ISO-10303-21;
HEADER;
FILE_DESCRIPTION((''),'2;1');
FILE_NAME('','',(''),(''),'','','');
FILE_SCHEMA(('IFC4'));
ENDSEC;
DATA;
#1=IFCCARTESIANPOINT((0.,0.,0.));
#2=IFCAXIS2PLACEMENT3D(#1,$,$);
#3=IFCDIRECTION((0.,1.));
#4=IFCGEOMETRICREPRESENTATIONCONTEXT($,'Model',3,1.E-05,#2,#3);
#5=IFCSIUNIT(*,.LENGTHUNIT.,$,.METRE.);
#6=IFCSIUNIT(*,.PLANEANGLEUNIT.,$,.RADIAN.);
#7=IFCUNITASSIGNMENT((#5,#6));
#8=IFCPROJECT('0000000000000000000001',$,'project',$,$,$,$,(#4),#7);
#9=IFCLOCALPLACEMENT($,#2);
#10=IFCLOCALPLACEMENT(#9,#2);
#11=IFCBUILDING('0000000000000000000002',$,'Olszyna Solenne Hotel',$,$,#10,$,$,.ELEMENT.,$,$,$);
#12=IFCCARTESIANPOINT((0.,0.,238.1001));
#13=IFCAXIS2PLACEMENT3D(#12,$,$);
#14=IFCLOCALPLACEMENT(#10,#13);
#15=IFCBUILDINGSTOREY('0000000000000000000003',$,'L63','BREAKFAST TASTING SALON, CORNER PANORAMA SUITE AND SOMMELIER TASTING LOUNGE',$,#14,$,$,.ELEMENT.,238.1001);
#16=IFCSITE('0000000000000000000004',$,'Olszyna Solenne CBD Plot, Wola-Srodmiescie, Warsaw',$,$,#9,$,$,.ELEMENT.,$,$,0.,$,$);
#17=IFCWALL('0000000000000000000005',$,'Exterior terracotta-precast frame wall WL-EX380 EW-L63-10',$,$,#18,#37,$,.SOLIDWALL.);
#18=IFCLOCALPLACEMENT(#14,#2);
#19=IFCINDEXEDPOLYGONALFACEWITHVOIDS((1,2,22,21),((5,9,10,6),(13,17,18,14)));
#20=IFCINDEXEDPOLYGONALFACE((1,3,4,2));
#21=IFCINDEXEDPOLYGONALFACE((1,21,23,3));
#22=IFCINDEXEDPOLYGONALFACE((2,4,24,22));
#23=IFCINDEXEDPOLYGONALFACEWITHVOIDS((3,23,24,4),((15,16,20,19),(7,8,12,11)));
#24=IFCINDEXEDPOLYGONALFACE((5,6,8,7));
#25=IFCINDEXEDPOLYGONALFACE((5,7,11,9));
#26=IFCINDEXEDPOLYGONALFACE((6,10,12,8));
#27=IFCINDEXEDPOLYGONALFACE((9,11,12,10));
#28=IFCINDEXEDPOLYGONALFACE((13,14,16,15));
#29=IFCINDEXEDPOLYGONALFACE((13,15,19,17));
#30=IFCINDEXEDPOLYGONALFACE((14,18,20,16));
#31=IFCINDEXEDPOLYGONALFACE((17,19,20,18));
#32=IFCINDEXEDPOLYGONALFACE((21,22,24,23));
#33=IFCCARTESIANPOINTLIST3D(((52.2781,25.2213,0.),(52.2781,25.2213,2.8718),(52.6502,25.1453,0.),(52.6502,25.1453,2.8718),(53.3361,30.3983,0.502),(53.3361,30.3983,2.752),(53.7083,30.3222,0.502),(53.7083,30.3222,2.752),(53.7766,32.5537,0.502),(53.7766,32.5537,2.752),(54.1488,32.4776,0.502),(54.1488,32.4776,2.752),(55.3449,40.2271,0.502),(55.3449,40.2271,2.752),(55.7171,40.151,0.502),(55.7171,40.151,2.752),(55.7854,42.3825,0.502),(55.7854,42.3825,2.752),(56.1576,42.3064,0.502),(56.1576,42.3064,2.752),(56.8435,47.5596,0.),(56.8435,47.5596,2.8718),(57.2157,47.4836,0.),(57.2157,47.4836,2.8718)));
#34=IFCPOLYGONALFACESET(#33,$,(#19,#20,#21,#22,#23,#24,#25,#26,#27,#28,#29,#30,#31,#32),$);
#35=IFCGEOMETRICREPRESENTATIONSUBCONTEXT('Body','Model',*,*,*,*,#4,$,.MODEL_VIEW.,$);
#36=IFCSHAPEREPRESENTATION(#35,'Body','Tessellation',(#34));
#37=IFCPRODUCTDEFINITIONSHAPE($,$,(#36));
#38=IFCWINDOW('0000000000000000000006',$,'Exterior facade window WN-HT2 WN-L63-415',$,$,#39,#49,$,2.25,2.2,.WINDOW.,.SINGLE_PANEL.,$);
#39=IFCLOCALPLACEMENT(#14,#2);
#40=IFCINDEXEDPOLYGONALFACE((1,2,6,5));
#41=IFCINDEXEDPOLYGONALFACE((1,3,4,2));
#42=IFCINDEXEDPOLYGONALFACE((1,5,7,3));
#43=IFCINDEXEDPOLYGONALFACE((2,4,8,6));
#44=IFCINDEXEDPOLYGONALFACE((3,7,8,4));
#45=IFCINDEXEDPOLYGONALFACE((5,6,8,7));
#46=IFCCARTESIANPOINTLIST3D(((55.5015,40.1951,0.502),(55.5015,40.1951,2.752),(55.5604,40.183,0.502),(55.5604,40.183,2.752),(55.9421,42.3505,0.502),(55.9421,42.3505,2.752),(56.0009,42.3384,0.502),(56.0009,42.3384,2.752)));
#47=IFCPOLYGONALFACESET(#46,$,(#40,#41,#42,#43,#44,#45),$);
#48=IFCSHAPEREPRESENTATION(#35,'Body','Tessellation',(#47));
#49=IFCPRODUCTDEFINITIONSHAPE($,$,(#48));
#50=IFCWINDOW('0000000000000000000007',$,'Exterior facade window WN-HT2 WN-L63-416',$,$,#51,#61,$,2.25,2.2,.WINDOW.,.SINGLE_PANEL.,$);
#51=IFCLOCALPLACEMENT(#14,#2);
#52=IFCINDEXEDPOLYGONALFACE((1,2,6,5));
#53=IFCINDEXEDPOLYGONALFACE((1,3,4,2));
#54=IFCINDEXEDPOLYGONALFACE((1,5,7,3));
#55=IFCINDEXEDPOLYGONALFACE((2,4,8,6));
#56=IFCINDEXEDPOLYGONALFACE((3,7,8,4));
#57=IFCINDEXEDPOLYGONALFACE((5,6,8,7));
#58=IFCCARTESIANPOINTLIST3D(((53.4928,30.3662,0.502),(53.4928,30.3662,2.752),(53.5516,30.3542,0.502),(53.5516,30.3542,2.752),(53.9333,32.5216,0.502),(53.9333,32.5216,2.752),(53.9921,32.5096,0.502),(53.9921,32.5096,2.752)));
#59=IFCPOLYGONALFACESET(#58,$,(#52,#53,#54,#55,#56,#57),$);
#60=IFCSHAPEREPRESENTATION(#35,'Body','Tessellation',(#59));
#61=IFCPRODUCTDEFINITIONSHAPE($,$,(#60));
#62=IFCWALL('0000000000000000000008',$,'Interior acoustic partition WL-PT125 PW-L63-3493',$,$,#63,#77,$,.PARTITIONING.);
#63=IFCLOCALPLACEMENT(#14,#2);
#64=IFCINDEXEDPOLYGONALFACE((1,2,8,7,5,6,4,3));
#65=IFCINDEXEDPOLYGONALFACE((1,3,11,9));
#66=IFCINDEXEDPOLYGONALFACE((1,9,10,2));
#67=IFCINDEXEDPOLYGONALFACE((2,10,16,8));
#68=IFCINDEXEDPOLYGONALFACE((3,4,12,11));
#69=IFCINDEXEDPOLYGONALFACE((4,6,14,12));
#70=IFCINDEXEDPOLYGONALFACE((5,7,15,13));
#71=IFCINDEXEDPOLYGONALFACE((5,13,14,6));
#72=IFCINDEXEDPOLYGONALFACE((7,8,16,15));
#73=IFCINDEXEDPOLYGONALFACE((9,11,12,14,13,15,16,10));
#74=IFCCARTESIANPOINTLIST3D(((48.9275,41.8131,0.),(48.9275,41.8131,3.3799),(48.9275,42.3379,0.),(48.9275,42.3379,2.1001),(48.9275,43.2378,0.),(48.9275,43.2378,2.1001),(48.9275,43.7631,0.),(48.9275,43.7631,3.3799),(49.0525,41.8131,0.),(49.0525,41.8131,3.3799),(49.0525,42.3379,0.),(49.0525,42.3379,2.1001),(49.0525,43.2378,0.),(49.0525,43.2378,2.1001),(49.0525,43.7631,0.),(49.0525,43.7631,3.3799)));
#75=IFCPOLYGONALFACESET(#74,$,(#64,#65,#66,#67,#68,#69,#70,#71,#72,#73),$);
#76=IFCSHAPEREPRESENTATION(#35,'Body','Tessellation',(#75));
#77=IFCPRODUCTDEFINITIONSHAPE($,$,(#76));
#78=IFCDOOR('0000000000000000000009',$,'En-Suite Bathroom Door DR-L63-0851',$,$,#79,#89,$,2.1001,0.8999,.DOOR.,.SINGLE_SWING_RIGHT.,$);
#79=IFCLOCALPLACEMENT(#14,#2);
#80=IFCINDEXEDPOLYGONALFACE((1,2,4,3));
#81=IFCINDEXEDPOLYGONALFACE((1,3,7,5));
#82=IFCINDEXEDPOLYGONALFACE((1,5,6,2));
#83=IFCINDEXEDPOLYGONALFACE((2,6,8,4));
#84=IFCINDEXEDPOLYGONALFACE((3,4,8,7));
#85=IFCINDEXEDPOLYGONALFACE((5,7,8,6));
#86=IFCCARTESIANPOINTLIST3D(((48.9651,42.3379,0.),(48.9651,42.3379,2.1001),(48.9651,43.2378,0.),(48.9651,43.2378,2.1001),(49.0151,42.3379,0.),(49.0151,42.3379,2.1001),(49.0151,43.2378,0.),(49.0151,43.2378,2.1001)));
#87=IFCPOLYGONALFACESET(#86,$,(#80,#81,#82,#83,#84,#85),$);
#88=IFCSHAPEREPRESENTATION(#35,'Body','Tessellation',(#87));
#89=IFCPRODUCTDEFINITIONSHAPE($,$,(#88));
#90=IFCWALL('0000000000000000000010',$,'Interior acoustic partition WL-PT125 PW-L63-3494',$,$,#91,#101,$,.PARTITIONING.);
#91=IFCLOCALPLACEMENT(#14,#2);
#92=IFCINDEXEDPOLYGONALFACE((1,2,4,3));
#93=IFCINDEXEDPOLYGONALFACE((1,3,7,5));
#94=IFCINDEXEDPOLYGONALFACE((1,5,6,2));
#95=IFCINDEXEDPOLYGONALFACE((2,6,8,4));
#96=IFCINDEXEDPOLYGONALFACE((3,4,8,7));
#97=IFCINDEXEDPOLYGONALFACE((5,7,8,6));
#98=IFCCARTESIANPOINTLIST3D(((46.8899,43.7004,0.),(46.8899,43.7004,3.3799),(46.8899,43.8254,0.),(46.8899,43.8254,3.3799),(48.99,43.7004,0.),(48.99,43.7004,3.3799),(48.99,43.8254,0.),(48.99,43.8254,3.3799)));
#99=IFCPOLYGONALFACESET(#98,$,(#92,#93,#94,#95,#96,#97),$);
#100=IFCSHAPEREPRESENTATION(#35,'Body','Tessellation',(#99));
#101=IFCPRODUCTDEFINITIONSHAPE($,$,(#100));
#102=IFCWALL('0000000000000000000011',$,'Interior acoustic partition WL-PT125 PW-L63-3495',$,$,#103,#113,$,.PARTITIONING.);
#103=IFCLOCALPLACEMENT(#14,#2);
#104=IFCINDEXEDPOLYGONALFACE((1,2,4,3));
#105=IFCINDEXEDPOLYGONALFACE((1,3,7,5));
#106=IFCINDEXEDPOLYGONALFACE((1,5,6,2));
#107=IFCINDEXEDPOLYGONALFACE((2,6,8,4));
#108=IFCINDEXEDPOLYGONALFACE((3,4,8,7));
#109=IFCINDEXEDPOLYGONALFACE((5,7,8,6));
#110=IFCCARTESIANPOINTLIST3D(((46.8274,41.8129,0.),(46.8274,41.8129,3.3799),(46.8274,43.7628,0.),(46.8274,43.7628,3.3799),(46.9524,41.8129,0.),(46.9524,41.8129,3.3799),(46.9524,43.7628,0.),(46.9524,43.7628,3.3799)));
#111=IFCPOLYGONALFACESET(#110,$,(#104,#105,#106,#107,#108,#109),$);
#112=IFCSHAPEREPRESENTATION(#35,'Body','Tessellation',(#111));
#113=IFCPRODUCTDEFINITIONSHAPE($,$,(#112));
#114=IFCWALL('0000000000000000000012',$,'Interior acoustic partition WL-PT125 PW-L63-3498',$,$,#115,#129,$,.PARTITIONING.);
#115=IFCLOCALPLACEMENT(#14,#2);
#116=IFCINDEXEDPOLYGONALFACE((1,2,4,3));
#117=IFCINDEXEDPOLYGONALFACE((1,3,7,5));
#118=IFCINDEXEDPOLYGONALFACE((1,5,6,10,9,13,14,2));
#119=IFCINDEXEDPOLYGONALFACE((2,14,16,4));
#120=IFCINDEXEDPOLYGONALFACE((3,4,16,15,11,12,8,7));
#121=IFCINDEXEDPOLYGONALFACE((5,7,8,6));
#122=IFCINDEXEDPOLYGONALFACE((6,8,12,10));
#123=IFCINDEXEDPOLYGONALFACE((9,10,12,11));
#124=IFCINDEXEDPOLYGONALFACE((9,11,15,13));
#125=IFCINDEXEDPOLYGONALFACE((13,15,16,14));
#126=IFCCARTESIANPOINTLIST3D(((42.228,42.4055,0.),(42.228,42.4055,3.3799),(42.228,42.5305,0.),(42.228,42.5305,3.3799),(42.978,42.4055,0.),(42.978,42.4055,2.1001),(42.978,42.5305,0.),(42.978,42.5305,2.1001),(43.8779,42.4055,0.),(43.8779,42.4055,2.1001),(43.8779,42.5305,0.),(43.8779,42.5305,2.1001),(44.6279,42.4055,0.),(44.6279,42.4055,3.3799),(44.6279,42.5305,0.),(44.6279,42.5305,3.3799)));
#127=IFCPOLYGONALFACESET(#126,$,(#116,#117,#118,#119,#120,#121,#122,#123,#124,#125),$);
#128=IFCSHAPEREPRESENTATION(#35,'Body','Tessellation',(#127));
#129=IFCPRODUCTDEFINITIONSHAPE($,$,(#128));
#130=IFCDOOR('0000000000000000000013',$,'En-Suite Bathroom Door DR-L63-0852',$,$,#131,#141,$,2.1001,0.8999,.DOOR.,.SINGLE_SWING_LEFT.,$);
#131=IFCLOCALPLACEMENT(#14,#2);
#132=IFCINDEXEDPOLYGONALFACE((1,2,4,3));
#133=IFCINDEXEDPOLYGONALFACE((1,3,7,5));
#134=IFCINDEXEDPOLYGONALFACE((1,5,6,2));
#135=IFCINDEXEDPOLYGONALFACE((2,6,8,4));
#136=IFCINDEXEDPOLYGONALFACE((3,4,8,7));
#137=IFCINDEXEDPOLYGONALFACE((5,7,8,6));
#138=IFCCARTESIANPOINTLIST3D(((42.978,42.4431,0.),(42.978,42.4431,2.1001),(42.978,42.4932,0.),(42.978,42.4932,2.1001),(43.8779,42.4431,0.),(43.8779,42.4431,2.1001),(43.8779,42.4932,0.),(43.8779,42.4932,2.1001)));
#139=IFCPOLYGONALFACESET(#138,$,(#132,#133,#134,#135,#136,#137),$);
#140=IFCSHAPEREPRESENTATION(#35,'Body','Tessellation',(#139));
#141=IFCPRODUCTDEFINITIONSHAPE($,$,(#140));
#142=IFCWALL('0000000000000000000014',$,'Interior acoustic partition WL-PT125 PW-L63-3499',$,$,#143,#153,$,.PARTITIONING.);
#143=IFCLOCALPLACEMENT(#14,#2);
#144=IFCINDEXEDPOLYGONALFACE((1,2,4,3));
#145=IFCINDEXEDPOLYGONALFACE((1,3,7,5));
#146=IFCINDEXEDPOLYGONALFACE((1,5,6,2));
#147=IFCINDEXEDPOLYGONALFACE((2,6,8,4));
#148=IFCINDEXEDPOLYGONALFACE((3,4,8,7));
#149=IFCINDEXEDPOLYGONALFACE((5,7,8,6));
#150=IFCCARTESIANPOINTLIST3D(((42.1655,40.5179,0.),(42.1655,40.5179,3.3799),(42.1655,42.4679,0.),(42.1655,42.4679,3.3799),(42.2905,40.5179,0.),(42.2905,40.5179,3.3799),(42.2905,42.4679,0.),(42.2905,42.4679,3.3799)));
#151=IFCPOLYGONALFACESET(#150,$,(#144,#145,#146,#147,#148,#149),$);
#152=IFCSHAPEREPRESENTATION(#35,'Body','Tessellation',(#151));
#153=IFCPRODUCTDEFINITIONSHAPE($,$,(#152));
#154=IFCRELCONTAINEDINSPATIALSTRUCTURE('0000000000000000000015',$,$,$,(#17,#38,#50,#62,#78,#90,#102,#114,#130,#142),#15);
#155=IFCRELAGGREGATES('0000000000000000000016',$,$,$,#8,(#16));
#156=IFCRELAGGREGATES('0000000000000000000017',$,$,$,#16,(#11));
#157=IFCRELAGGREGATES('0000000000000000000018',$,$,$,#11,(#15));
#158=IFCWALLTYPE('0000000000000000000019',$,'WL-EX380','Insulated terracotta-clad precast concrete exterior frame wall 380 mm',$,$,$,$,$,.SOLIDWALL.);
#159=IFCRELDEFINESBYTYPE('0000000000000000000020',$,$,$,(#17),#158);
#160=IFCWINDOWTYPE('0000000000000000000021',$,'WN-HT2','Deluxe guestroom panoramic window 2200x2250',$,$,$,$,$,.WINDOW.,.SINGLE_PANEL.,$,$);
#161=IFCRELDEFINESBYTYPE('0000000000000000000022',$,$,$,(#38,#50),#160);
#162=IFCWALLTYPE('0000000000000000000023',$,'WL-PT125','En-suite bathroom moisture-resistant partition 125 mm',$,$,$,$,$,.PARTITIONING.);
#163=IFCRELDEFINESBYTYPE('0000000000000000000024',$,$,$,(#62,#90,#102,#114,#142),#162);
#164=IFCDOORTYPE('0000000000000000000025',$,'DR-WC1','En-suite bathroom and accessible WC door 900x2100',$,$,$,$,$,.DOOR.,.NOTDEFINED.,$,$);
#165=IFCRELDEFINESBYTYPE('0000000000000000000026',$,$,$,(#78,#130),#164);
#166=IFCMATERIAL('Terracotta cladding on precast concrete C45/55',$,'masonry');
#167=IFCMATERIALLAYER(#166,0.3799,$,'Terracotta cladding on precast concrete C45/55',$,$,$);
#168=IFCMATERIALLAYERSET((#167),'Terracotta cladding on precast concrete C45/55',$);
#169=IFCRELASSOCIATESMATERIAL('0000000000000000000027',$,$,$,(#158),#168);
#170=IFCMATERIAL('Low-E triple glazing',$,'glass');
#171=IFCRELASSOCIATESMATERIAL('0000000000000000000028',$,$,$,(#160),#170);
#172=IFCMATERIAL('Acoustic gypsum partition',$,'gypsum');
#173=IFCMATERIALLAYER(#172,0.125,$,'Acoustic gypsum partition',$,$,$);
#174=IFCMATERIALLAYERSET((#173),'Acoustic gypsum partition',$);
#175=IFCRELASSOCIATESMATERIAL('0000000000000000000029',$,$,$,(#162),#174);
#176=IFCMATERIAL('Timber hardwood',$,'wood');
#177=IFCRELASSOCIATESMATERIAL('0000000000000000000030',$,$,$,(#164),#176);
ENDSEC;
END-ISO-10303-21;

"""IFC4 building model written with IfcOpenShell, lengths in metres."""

from ifc_helpers import new_model, si_unit, direction, frame, frame_2d, origin, place, context, subcontext, project, spatial, rectangle, extrude, source, transform, mapped, material, layer, layer_set, type_object, type_shapes, element, fill, save


model = new_model("IFC4")

# Units and contexts
model_context = context("Model", 3, precision=1e-05, world=origin(), true_north=direction((0.0, 1.0)))
body_context = subcontext(model_context, "Body", "Model", "MODEL_VIEW")
ifc_project = project(units=[si_unit("LENGTHUNIT", "METRE"), si_unit("PLANEANGLEUNIT", "RADIAN")], contexts=[model_context])

# Site, building, storey
site_placement = place(None, origin())
site = spatial("IfcSite", under=ifc_project, at=site_placement, Name="Olszyna Solenne CBD Plot, Wola-Srodmiescie, Warsaw", CompositionType="ELEMENT", RefElevation=0.0)
building_placement = place(site_placement, origin())
building = spatial("IfcBuilding", under=site, at=building_placement, Name="Olszyna Solenne Hotel", CompositionType="ELEMENT")
storey_placement = place(building_placement, frame((0.0, 0.0, 238.1001)))
storey = spatial("IfcBuildingStorey", under=building, at=storey_placement, Name="L63", Description="BREAKFAST TASTING SALON, CORNER PANORAMA SUITE AND SOMMELIER TASTING LOUNGE", CompositionType="ELEMENT", Elevation=238.1001)

# Shared definitions
ifc_material_1 = material(Name="Low-E triple glazing", Category="glass")

# Wall, openings, windows
ifc_material_2 = material(Name="Terracotta cladding on precast concrete C45/55", Category="masonry")
ifc_layer_1 = layer(ifc_material_2, 0.3799, Name="Terracotta cladding on precast concrete C45/55")
ifc_layer_set_1 = layer_set([ifc_layer_1], Name="Terracotta cladding on precast concrete C45/55")
wall_type_1 = type_object("IfcWallType", Name="WL-EX380", Description="Insulated terracotta-clad precast concrete exterior frame wall 380 mm", PredefinedType="SOLIDWALL", material=ifc_layer_set_1)
wall_1_placement = place(storey_placement, frame((57.0295, 47.5215, 0.0), z_axis=(0.0, 0.0, 1.0), x_axis=(-0.200237, -0.979748, 0.0)))
wall_1 = element("IfcWall", 1, at=wall_1_placement, inside=storey, type_object=wall_type_1, Name="Exterior terracotta-precast frame wall WL-EX380 EW-L63-10", PredefinedType="SOLIDWALL", context=body_context, shape_type="SweptSolid", body=[
    extrude(rectangle(XDim=22.8, YDim=0.3799, at=frame_2d((11.3999, 0.0))), origin(), (0.0, 0.0, 1.0), 2.8718),
])
opening_1_placement = place(wall_1_placement, frame((5.2839, 0.0, 0.502)))
opening_1 = element("IfcOpeningElement", 2, at=opening_1_placement, cuts=wall_1, PredefinedType="OPENING", context=body_context, shape_type="SweptSolid", body=[
    extrude(rectangle(XDim=2.2, YDim=2.25, at=frame_2d((1.1001, 1.125))), frame((0.0, 0.2, 0.0), z_axis=(0.0, -1.0, 0.0), x_axis=(1.0, 0.0, 0.0)), (0.0, 0.0, 1.0), 0.3999),
])
opening_2_placement = place(wall_1_placement, frame((15.3159, 0.0, 0.502)))
opening_2 = element("IfcOpeningElement", 3, at=opening_2_placement, cuts=wall_1, PredefinedType="OPENING", context=body_context, shape_type="SweptSolid", body=[
    extrude(rectangle(XDim=2.2, YDim=2.25, at=frame_2d((1.1001, 1.125))), frame((0.0, 0.2, 0.0), z_axis=(0.0, -1.0, 0.0), x_axis=(1.0, 0.0, 0.0)), (0.0, 0.0, 1.0), 0.3999),
])
window_type_1 = type_object("IfcWindowType", Name="WN-HT2", Description="Deluxe guestroom panoramic window 2200x2250", PartitioningType="SINGLE_PANEL", PredefinedType="WINDOW", material=ifc_material_1)
shared_shape_1 = source(origin(), body_context, "Body", "SweptSolid", [
    extrude(rectangle(XDim=2.2, YDim=2.25, at=frame_2d((1.1001, 1.125))), frame((0.0, 0.03, 0.0), z_axis=(0.0, -1.0, 0.0), x_axis=(1.0, 0.0, 0.0)), (0.0, 0.0, 1.0), 0.0601),
])
type_shapes(window_type_1, [shared_shape_1])
window_1_placement = place(opening_1_placement, origin())
window_1 = element("IfcWindow", 4, at=window_1_placement, inside=storey, type_object=window_type_1, Name="Exterior facade window WN-HT2 WN-L63-415", OverallHeight=2.25, OverallWidth=2.2, PartitioningType="SINGLE_PANEL", PredefinedType="WINDOW", context=body_context, shape_type="MappedRepresentation", body=[
    mapped(shared_shape_1, transform((0.0, 0.0, 0.0), x_axis=(1.0, 0.0, 0.0), y_axis=(0.0, 1.0, 0.0), z_axis=(0.0, 0.0, 1.0), scale=1.0)),
])
fill(opening_1, window_1)
window_2_placement = place(opening_2_placement, origin())
window_2 = element("IfcWindow", 5, at=window_2_placement, inside=storey, type_object=window_type_1, Name="Exterior facade window WN-HT2 WN-L63-416", OverallHeight=2.25, OverallWidth=2.2, PartitioningType="SINGLE_PANEL", PredefinedType="WINDOW", context=body_context, shape_type="MappedRepresentation", body=[
    mapped(shared_shape_1, transform((0.0, 0.0, 0.0), x_axis=(1.0, 0.0, 0.0), y_axis=(0.0, 1.0, 0.0), z_axis=(0.0, 0.0, 1.0), scale=1.0)),
])
fill(opening_2, window_2)

# Wall, opening, door
ifc_material_3 = material(Name="Acoustic gypsum partition", Category="gypsum")
ifc_layer_2 = layer(ifc_material_3, 0.125, Name="Acoustic gypsum partition")
ifc_layer_set_2 = layer_set([ifc_layer_2], Name="Acoustic gypsum partition")
wall_type_2 = type_object("IfcWallType", Name="WL-PT125", Description="En-suite bathroom moisture-resistant partition 125 mm", PredefinedType="PARTITIONING", material=ifc_layer_set_2)
wall_2_placement = place(storey_placement, frame((48.99, 41.813, 0.0), z_axis=(0.0, 0.0, 1.0), x_axis=(0.0, 1.0, 0.0)))
wall_2 = element("IfcWall", 6, at=wall_2_placement, inside=storey, type_object=wall_type_2, Name="Interior acoustic partition WL-PT125 PW-L63-3493", PredefinedType="PARTITIONING", context=body_context, shape_type="SweptSolid", body=[
    extrude(rectangle(XDim=1.95, YDim=0.125, at=frame_2d((0.9751, 0.0))), origin(), (0.0, 0.0, 1.0), 3.3799),
])
opening_3_placement = place(wall_2_placement, frame((0.5249, 0.0, 0.0)))
opening_3 = element("IfcOpeningElement", 7, at=opening_3_placement, cuts=wall_2, PredefinedType="OPENING", context=body_context, shape_type="SweptSolid", body=[
    extrude(rectangle(XDim=0.8999, YDim=2.1001, at=frame_2d((0.45, 1.05))), frame((0.0, 0.0725, 0.0), z_axis=(0.0, -1.0, 0.0), x_axis=(1.0, 0.0, 0.0)), (0.0, 0.0, 1.0), 0.145),
])
ifc_material_4 = material(Name="Timber hardwood", Category="wood")
door_type = type_object("IfcDoorType", Name="DR-WC1", Description="En-suite bathroom and accessible WC door 900x2100", OperationType="NOTDEFINED", PredefinedType="DOOR", material=ifc_material_4)
shared_shape_2 = source(origin(), body_context, "Body", "SweptSolid", [
    extrude(rectangle(XDim=0.8999, YDim=2.1001, at=frame_2d((0.45, 1.05))), frame((0.0, 0.0249, 0.0), z_axis=(0.0, -1.0, 0.0), x_axis=(1.0, 0.0, 0.0)), (0.0, 0.0, 1.0), 0.05),
])
type_shapes(door_type, [shared_shape_2])
door_1_placement = place(opening_3_placement, origin())
door_1 = element("IfcDoor", 8, at=door_1_placement, inside=storey, type_object=door_type, Name="En-Suite Bathroom Door DR-L63-0851", OperationType="SINGLE_SWING_RIGHT", OverallHeight=2.1001, OverallWidth=0.8999, PredefinedType="DOOR", context=body_context, shape_type="MappedRepresentation", body=[
    mapped(shared_shape_2, transform((0.0, 0.0, 0.0), x_axis=(1.0, 0.0, 0.0), y_axis=(0.0, 1.0, 0.0), z_axis=(0.0, 0.0, 1.0), scale=1.0)),
])
fill(opening_3, door_1)

# Walls
wall_3_placement = place(storey_placement, frame((48.99, 43.7629, 0.0), z_axis=(0.0, 0.0, 1.0), x_axis=(-1.0, 0.0, 0.0)))
element("IfcWall", 9, at=wall_3_placement, inside=storey, type_object=wall_type_2, Name="Interior acoustic partition WL-PT125 PW-L63-3494", PredefinedType="PARTITIONING", context=body_context, shape_type="SweptSolid", body=[
    extrude(rectangle(XDim=2.1001, YDim=0.125, at=frame_2d((1.05, 0.0))), origin(), (0.0, 0.0, 1.0), 3.3799),
])
wall_4_placement = place(storey_placement, frame((46.8899, 43.7629, 0.0), z_axis=(0.0, 0.0, 1.0), x_axis=(0.0, -1.0, 0.0)))
element("IfcWall", 10, at=wall_4_placement, inside=storey, type_object=wall_type_2, Name="Interior acoustic partition WL-PT125 PW-L63-3495", PredefinedType="PARTITIONING", context=body_context, shape_type="SweptSolid", body=[
    extrude(rectangle(XDim=1.95, YDim=0.125, at=frame_2d((0.9751, 0.0))), origin(), (0.0, 0.0, 1.0), 3.3799),
])

# Wall, opening, door
wall_5_placement = place(storey_placement, frame((44.6279, 42.468, 0.0), z_axis=(0.0, 0.0, 1.0), x_axis=(-1.0, 0.0, 0.0)))
wall_5 = element("IfcWall", 11, at=wall_5_placement, inside=storey, type_object=wall_type_2, Name="Interior acoustic partition WL-PT125 PW-L63-3498", PredefinedType="PARTITIONING", context=body_context, shape_type="SweptSolid", body=[
    extrude(rectangle(XDim=2.3999, YDim=0.125, at=frame_2d((1.2, 0.0))), origin(), (0.0, 0.0, 1.0), 3.3799),
])
opening_4_placement = place(wall_5_placement, frame((0.75, 0.0, 0.0)))
opening_4 = element("IfcOpeningElement", 12, at=opening_4_placement, cuts=wall_5, PredefinedType="OPENING", context=body_context, shape_type="SweptSolid", body=[
    extrude(rectangle(XDim=0.8999, YDim=2.1001, at=frame_2d((0.45, 1.05))), frame((0.0, 0.0725, 0.0), z_axis=(0.0, -1.0, 0.0), x_axis=(1.0, 0.0, 0.0)), (0.0, 0.0, 1.0), 0.145),
])
door_2_placement = place(opening_4_placement, origin())
door_2 = element("IfcDoor", 13, at=door_2_placement, inside=storey, type_object=door_type, Name="En-Suite Bathroom Door DR-L63-0852", OperationType="SINGLE_SWING_LEFT", OverallHeight=2.1001, OverallWidth=0.8999, PredefinedType="DOOR", context=body_context, shape_type="MappedRepresentation", body=[
    mapped(shared_shape_2, transform((0.0, 0.0, 0.0), x_axis=(1.0, 0.0, 0.0), y_axis=(0.0, 1.0, 0.0), z_axis=(0.0, 0.0, 1.0), scale=1.0)),
])
fill(opening_4, door_2)

# Wall
wall_6_placement = place(storey_placement, frame((42.228, 42.468, 0.0), z_axis=(0.0, 0.0, 1.0), x_axis=(0.0, -1.0, 0.0)))
element("IfcWall", 14, at=wall_6_placement, inside=storey, type_object=wall_type_2, Name="Interior acoustic partition WL-PT125 PW-L63-3499", PredefinedType="PARTITIONING", context=body_context, shape_type="SweptSolid", body=[
    extrude(rectangle(XDim=1.95, YDim=0.125, at=frame_2d((0.9751, 0.0))), origin(), (0.0, 0.0, 1.0), 3.3799),
])

save(model, "model.ifc")
